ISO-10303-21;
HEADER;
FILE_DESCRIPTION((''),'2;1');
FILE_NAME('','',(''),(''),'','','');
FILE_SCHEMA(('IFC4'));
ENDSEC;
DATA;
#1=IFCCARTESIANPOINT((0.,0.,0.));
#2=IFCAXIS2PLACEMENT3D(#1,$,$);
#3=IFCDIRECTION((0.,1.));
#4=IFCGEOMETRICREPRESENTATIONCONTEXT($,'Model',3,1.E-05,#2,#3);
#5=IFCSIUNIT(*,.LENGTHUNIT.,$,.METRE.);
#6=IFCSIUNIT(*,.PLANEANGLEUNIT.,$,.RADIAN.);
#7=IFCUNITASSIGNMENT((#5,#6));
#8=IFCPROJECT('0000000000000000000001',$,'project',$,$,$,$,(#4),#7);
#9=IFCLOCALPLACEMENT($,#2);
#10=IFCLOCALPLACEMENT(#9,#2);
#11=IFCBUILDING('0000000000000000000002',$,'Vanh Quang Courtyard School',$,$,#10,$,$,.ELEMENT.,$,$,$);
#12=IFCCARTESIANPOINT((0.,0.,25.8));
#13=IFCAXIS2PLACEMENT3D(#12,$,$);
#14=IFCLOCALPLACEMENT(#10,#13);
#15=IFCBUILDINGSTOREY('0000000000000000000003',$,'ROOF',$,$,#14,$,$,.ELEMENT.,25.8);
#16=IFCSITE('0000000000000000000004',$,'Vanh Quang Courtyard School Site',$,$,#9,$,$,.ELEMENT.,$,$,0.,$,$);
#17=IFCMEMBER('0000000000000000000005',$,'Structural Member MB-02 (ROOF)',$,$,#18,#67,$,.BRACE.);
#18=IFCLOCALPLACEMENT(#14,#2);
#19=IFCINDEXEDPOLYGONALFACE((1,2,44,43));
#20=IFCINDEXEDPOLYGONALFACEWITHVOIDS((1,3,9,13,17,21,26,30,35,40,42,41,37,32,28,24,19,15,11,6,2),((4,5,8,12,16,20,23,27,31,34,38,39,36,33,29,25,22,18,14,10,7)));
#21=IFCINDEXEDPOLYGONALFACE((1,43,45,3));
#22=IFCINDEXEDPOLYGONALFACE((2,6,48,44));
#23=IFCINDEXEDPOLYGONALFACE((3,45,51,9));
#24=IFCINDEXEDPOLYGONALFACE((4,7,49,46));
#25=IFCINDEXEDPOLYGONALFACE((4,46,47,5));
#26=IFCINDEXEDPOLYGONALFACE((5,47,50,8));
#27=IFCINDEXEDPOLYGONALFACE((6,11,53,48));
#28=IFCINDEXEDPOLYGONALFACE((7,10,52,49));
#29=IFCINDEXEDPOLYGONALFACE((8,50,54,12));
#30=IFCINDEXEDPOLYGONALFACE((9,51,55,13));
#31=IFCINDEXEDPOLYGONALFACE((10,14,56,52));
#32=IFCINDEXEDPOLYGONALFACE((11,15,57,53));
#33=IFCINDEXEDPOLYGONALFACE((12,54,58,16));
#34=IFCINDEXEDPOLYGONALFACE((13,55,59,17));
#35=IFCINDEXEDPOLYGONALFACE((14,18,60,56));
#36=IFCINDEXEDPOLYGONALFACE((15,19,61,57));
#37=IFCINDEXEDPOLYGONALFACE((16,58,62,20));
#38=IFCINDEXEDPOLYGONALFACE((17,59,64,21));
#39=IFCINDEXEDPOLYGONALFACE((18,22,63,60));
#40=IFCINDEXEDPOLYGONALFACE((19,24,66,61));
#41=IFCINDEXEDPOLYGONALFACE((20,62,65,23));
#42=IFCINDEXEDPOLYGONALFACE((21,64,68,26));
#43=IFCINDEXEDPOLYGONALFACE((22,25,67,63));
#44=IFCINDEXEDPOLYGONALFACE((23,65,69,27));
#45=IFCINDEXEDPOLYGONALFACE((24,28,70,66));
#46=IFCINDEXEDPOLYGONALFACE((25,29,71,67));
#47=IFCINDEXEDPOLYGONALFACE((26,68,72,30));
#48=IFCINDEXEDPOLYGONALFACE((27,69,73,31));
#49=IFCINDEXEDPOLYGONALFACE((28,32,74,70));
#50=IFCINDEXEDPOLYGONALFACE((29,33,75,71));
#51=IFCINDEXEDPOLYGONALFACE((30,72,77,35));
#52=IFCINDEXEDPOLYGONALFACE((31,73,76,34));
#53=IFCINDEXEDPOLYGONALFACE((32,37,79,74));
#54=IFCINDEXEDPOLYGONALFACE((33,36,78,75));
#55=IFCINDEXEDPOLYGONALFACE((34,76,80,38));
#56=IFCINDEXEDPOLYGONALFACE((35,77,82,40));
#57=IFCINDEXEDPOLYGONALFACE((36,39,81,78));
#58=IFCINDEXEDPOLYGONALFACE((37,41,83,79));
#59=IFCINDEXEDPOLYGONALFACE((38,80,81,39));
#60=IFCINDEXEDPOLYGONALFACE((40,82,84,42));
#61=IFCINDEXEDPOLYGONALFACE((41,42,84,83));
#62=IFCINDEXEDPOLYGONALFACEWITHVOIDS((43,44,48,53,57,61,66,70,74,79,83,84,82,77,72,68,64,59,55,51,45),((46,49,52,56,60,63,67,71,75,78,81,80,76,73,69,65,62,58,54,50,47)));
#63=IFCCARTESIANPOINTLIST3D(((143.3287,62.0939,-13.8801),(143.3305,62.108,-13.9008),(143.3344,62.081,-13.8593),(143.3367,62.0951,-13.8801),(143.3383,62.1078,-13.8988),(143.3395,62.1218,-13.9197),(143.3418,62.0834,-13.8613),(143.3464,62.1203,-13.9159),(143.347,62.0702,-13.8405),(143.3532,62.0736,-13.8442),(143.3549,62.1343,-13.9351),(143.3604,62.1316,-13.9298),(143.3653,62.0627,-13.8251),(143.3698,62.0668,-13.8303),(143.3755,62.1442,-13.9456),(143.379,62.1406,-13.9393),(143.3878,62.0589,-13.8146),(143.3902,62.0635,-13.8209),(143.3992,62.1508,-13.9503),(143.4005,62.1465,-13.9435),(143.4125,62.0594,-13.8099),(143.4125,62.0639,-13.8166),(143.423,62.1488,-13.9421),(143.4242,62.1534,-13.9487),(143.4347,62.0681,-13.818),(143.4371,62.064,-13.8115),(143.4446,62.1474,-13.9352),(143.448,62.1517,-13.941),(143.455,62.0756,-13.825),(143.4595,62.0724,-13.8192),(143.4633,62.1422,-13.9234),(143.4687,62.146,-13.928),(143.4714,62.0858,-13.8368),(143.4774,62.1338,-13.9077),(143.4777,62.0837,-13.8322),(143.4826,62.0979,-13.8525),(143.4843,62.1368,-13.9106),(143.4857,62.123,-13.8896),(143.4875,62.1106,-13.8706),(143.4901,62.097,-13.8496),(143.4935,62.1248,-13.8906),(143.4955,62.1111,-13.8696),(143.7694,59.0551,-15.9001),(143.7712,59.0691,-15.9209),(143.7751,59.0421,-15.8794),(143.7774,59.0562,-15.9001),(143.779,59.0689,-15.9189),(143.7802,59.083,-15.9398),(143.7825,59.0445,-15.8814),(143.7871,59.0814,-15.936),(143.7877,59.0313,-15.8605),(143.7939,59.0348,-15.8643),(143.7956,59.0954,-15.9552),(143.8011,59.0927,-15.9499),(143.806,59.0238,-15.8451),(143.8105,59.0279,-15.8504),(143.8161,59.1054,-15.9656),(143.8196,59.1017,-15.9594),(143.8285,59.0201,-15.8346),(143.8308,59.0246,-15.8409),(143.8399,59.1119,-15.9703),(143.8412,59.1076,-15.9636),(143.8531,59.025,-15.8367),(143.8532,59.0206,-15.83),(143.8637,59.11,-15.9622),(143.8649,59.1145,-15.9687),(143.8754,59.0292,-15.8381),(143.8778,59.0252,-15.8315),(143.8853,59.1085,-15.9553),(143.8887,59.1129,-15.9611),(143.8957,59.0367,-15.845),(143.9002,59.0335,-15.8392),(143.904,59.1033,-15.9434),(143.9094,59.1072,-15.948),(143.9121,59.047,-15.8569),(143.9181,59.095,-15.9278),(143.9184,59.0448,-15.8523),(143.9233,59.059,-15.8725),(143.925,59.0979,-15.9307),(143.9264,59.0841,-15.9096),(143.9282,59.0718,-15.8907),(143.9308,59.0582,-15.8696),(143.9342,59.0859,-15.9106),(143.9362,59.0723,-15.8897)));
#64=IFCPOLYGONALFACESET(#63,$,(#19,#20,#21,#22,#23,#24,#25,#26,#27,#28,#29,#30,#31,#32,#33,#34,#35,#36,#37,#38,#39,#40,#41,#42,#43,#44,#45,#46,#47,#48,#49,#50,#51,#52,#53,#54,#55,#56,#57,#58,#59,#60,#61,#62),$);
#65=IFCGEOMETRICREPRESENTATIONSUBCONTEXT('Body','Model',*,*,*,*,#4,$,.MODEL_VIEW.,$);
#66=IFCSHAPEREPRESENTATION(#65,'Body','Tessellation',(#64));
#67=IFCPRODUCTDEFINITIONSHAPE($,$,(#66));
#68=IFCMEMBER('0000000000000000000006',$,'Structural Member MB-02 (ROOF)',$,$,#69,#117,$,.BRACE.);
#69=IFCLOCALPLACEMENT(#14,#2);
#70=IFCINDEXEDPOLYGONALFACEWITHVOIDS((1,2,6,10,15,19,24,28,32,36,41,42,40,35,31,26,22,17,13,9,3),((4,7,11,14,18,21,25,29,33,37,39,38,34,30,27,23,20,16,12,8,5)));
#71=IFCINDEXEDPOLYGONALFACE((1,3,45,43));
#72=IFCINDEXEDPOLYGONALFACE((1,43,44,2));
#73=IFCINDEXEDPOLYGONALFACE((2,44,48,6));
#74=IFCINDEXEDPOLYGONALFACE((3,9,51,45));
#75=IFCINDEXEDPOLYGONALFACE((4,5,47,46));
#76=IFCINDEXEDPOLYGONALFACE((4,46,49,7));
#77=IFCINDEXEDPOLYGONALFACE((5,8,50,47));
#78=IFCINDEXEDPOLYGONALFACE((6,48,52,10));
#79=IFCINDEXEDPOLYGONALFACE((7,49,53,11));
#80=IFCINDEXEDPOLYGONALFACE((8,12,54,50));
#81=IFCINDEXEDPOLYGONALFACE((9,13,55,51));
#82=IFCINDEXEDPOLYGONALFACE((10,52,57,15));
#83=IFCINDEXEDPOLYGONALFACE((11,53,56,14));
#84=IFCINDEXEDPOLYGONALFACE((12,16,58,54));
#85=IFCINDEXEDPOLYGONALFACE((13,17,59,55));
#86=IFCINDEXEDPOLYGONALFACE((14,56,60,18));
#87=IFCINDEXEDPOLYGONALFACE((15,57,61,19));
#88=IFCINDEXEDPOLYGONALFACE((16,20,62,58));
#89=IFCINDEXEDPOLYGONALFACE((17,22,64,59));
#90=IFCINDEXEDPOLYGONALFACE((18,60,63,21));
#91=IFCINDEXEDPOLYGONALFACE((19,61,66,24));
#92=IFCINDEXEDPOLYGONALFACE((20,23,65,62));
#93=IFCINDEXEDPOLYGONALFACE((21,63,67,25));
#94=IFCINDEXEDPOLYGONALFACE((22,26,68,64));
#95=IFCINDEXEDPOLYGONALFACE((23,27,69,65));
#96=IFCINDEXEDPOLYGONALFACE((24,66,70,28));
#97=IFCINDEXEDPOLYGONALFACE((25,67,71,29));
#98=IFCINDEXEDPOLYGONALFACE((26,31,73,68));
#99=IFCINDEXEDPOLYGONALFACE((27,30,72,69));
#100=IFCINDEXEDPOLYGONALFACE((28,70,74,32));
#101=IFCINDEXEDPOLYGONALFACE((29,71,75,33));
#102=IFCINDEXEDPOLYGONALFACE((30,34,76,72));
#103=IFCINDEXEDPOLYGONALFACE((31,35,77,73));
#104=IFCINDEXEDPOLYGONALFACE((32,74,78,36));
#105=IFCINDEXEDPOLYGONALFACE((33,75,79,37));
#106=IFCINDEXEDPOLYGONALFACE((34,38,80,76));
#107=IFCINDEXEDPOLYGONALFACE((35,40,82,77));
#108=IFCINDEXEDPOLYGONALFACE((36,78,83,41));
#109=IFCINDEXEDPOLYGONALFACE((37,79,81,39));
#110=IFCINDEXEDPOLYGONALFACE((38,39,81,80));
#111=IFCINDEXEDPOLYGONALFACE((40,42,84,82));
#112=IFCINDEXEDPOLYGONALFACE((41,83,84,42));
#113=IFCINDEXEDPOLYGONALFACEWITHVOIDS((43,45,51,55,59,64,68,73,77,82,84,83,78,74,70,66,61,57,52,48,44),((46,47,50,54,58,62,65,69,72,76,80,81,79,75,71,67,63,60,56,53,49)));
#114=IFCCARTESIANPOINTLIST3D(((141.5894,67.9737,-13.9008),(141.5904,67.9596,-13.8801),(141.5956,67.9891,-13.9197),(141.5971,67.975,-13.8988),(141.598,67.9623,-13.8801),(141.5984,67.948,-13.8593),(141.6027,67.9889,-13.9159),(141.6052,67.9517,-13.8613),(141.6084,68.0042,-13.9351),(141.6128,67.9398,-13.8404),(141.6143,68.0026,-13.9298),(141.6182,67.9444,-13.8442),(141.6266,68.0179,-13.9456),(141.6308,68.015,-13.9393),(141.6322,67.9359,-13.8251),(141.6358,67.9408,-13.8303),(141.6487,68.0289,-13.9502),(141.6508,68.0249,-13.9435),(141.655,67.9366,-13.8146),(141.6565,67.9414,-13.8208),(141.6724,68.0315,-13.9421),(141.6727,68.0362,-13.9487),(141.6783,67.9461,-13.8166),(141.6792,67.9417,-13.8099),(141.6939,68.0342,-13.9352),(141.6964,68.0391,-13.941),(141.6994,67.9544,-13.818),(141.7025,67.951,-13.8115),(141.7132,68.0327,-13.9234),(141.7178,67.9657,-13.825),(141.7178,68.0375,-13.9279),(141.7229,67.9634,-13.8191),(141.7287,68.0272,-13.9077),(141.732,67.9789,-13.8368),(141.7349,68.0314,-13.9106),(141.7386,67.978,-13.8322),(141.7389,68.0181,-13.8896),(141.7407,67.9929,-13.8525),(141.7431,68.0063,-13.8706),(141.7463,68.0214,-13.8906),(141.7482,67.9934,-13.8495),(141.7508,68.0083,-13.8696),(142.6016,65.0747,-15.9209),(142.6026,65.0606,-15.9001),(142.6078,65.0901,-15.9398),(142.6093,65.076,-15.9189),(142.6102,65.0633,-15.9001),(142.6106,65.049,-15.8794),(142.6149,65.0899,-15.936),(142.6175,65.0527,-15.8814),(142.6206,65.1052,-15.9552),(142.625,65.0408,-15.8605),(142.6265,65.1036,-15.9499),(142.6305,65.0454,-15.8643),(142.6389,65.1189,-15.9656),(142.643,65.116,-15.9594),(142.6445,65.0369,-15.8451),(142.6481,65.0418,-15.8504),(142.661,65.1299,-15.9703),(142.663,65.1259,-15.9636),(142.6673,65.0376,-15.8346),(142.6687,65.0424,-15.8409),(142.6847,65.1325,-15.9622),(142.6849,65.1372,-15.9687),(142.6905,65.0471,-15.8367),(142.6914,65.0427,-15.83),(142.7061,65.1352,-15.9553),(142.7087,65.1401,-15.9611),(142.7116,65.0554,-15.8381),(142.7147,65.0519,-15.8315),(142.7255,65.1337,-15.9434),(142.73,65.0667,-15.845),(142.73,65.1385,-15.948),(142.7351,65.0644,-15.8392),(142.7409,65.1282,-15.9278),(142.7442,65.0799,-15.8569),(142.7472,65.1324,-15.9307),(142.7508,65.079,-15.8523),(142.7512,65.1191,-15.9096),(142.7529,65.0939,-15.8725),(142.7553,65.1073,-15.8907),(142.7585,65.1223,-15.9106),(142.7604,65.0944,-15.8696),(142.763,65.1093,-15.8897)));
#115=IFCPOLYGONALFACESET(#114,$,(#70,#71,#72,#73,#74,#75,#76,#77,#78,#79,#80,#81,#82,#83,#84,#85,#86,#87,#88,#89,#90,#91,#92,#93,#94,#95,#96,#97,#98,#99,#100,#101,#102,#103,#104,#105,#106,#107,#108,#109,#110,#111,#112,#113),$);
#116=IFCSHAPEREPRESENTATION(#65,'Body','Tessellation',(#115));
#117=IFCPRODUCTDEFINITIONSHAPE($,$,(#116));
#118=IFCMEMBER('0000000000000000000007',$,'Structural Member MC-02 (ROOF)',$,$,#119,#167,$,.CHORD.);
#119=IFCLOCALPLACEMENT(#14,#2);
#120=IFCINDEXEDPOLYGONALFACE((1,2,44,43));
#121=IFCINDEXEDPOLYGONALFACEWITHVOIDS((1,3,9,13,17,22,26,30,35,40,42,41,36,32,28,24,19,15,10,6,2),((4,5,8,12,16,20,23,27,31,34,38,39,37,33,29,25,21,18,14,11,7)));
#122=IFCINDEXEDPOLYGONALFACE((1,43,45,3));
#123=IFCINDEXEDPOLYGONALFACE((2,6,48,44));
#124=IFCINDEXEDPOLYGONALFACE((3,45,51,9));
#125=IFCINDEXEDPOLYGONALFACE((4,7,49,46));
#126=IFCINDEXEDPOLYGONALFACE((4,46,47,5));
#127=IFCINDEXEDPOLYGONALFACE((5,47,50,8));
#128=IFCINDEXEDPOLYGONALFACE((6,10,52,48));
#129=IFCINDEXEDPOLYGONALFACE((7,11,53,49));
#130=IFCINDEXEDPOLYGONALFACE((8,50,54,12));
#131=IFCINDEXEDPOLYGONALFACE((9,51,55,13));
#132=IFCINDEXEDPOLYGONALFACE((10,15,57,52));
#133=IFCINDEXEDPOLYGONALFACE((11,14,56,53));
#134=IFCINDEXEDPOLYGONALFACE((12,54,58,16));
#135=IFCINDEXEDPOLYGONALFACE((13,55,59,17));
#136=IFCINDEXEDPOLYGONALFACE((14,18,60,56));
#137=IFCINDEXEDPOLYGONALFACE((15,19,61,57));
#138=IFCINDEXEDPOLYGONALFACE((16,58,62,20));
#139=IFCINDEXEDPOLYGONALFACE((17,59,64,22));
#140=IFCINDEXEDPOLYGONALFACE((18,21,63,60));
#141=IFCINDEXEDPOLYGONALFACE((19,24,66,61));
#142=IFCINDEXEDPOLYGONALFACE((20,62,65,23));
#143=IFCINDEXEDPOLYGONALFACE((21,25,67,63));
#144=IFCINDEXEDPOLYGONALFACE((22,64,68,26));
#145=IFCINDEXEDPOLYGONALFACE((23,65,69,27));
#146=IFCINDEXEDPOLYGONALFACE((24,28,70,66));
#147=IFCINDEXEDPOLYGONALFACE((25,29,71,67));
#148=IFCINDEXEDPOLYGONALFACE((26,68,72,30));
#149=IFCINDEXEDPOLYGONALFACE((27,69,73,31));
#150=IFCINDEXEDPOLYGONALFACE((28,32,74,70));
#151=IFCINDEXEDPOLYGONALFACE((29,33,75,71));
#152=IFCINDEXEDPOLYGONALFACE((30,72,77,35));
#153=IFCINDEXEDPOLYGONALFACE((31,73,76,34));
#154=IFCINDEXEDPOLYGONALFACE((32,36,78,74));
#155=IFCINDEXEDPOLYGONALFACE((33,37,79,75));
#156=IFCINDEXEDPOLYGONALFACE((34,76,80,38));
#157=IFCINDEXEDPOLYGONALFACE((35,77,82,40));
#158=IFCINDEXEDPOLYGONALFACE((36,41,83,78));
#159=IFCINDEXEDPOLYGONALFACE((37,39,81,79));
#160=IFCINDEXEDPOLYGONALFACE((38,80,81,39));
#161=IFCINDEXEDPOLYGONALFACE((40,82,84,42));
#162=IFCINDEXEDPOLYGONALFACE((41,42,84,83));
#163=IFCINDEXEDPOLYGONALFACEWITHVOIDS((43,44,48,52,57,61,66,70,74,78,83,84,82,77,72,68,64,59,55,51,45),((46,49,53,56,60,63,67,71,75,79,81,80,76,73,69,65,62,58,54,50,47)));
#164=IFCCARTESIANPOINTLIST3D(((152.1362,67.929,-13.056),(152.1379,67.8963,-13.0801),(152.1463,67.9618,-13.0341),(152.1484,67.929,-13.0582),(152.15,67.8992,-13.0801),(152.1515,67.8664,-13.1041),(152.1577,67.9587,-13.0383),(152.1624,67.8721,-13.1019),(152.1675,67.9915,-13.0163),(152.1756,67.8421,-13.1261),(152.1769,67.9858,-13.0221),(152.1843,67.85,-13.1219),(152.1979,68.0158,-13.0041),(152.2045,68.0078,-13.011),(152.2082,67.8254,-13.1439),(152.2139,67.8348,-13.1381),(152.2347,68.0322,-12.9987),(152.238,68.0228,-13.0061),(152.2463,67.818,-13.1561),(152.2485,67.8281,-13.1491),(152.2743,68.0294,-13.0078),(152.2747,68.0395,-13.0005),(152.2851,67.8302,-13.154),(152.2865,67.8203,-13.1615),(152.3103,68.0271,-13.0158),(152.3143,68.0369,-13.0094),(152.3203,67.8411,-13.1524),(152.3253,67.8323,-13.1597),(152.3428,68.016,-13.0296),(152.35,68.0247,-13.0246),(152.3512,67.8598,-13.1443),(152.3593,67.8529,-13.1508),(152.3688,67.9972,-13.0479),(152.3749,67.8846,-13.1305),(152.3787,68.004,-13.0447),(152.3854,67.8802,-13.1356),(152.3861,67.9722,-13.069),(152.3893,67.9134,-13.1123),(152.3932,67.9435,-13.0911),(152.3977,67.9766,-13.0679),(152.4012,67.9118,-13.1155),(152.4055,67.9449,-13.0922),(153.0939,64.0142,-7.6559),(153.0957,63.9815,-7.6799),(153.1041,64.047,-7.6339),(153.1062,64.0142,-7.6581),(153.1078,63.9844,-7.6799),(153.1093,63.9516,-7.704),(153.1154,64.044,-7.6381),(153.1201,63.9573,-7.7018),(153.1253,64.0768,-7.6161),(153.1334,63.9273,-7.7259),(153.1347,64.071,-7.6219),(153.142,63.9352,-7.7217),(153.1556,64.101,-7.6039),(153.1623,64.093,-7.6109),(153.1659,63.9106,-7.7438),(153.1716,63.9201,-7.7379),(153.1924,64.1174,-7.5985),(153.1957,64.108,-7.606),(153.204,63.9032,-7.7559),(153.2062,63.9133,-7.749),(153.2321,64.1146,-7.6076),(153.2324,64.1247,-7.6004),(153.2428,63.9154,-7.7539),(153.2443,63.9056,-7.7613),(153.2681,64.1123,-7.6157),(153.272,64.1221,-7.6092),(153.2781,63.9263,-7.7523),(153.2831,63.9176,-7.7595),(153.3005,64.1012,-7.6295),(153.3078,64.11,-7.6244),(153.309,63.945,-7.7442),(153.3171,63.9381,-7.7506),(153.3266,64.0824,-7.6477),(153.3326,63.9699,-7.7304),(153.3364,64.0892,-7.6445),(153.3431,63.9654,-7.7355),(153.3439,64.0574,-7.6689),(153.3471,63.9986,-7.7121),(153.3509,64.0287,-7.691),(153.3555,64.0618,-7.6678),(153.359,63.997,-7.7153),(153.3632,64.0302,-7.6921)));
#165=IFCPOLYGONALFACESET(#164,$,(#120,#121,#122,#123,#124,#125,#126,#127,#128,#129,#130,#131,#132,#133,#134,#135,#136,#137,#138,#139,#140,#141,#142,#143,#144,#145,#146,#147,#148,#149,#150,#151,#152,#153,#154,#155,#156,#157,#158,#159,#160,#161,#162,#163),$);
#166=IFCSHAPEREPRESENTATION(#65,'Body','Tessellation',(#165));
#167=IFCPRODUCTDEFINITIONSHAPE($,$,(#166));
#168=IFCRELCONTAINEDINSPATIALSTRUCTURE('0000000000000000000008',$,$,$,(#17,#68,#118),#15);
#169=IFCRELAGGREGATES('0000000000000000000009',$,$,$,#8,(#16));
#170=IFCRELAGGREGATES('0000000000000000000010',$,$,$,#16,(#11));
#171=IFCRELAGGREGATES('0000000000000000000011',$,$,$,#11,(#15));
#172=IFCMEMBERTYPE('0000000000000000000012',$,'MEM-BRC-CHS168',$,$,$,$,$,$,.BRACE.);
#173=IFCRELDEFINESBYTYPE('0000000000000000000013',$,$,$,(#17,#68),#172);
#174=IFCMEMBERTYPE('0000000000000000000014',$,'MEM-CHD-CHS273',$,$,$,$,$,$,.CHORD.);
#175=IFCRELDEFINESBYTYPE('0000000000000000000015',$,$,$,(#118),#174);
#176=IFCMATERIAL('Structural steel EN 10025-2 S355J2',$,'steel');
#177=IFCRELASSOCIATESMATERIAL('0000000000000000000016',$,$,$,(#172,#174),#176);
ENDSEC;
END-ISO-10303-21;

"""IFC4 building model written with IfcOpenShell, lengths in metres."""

from ifc_helpers import new_model, si_unit, direction, frame, origin, origin_2d, place, context, subcontext, project, spatial, hollow_circle, extrude, material, material_profile, profile_set, type_object, element, save


model = new_model("IFC4")

# Units and contexts
model_context = context("Model", 3, precision=1e-05, world=origin(), true_north=direction((0.0, 1.0)))
body_context = subcontext(model_context, "Body", "Model", "MODEL_VIEW")
ifc_project = project(units=[si_unit("LENGTHUNIT", "METRE"), si_unit("PLANEANGLEUNIT", "RADIAN")], contexts=[model_context])

# Site, building, storey
site_placement = place(None, origin())
site = spatial("IfcSite", under=ifc_project, at=site_placement, Name="Vanh Quang Courtyard School Site", CompositionType="ELEMENT", RefElevation=0.0)
building_placement = place(site_placement, origin())
building = spatial("IfcBuilding", under=site, at=building_placement, Name="Vanh Quang Courtyard School", CompositionType="ELEMENT")
storey_placement = place(building_placement, frame((0.0, 0.0, 25.8)))
storey = spatial("IfcBuildingStorey", under=building, at=storey_placement, Name="ROOF", CompositionType="ELEMENT", Elevation=25.8)

# Shared definitions
ifc_material_1 = material(Name="Structural steel EN 10025-2 S355J2", Category="steel")

# Members
ifc_material_profile_1 = material_profile(ifc_material_1, hollow_circle(Radius=0.0842, WallThickness=0.0081, at=origin_2d()), Name="CHS 168.3x8")
ifc_profile_set_1 = profile_set([ifc_material_profile_1], Name="Structural steel EN 10025-2 S355J2")
member_type_1 = type_object("IfcMemberType", Name="MEM-BRC-CHS168", PredefinedType="BRACE", material=ifc_profile_set_1)
for number, where, z_axis, x_axis, name in (
    (1, (143.8528, 59.0671, -15.9001), (-0.119896, 0.826783, 0.549595), (-0.989648, -0.143514, 0.0), "Structural Member MB-02 (ROOF)"),
    (2, (142.6821, 65.0884, -15.9001), (-0.275398, 0.78873, 0.5496), (-0.944104, -0.329649, 0.0), "Structural Member MB-02 (ROOF)"),
):
    element("IfcMember", number, at=place(storey_placement, frame(where, z_axis=z_axis, x_axis=x_axis)), inside=storey, type_object=member_type_1, Name=name, PredefinedType="BRACE", context=body_context, shape_type="SweptSolid", body=[
        extrude(hollow_circle(Radius=0.0842, WallThickness=0.0081, at=origin_2d()), origin(), (0.0, 0.0, 1.0), 3.6755),
    ])
ifc_material_profile_2 = material_profile(ifc_material_1, hollow_circle(Radius=0.1365, WallThickness=0.0125, at=origin_2d()), Name="CHS 273x12.5")
ifc_profile_set_2 = profile_set([ifc_material_profile_2], Name="Structural steel EN 10025-2 S355J2")
member_type_2 = type_object("IfcMemberType", Name="MEM-CHD-CHS273", PredefinedType="CHORD", material=ifc_profile_set_2)
member_1_placement = place(storey_placement, frame((153.2283, 64.0139, -7.6799), z_axis=(-0.142138, 0.580978, -0.801412), x_axis=(-0.971352, -0.237644, 0.0)))
element("IfcMember", 3, at=member_1_placement, inside=storey, type_object=member_type_2, Name="Structural Member MC-02 (ROOF)", PredefinedType="CHORD", context=body_context, shape_type="SweptSolid", body=[
    extrude(hollow_circle(Radius=0.1365, WallThickness=0.0125, at=origin_2d()), origin(), (0.0, 0.0, 1.0), 6.7383),
])

save(model, "model.ifc")
